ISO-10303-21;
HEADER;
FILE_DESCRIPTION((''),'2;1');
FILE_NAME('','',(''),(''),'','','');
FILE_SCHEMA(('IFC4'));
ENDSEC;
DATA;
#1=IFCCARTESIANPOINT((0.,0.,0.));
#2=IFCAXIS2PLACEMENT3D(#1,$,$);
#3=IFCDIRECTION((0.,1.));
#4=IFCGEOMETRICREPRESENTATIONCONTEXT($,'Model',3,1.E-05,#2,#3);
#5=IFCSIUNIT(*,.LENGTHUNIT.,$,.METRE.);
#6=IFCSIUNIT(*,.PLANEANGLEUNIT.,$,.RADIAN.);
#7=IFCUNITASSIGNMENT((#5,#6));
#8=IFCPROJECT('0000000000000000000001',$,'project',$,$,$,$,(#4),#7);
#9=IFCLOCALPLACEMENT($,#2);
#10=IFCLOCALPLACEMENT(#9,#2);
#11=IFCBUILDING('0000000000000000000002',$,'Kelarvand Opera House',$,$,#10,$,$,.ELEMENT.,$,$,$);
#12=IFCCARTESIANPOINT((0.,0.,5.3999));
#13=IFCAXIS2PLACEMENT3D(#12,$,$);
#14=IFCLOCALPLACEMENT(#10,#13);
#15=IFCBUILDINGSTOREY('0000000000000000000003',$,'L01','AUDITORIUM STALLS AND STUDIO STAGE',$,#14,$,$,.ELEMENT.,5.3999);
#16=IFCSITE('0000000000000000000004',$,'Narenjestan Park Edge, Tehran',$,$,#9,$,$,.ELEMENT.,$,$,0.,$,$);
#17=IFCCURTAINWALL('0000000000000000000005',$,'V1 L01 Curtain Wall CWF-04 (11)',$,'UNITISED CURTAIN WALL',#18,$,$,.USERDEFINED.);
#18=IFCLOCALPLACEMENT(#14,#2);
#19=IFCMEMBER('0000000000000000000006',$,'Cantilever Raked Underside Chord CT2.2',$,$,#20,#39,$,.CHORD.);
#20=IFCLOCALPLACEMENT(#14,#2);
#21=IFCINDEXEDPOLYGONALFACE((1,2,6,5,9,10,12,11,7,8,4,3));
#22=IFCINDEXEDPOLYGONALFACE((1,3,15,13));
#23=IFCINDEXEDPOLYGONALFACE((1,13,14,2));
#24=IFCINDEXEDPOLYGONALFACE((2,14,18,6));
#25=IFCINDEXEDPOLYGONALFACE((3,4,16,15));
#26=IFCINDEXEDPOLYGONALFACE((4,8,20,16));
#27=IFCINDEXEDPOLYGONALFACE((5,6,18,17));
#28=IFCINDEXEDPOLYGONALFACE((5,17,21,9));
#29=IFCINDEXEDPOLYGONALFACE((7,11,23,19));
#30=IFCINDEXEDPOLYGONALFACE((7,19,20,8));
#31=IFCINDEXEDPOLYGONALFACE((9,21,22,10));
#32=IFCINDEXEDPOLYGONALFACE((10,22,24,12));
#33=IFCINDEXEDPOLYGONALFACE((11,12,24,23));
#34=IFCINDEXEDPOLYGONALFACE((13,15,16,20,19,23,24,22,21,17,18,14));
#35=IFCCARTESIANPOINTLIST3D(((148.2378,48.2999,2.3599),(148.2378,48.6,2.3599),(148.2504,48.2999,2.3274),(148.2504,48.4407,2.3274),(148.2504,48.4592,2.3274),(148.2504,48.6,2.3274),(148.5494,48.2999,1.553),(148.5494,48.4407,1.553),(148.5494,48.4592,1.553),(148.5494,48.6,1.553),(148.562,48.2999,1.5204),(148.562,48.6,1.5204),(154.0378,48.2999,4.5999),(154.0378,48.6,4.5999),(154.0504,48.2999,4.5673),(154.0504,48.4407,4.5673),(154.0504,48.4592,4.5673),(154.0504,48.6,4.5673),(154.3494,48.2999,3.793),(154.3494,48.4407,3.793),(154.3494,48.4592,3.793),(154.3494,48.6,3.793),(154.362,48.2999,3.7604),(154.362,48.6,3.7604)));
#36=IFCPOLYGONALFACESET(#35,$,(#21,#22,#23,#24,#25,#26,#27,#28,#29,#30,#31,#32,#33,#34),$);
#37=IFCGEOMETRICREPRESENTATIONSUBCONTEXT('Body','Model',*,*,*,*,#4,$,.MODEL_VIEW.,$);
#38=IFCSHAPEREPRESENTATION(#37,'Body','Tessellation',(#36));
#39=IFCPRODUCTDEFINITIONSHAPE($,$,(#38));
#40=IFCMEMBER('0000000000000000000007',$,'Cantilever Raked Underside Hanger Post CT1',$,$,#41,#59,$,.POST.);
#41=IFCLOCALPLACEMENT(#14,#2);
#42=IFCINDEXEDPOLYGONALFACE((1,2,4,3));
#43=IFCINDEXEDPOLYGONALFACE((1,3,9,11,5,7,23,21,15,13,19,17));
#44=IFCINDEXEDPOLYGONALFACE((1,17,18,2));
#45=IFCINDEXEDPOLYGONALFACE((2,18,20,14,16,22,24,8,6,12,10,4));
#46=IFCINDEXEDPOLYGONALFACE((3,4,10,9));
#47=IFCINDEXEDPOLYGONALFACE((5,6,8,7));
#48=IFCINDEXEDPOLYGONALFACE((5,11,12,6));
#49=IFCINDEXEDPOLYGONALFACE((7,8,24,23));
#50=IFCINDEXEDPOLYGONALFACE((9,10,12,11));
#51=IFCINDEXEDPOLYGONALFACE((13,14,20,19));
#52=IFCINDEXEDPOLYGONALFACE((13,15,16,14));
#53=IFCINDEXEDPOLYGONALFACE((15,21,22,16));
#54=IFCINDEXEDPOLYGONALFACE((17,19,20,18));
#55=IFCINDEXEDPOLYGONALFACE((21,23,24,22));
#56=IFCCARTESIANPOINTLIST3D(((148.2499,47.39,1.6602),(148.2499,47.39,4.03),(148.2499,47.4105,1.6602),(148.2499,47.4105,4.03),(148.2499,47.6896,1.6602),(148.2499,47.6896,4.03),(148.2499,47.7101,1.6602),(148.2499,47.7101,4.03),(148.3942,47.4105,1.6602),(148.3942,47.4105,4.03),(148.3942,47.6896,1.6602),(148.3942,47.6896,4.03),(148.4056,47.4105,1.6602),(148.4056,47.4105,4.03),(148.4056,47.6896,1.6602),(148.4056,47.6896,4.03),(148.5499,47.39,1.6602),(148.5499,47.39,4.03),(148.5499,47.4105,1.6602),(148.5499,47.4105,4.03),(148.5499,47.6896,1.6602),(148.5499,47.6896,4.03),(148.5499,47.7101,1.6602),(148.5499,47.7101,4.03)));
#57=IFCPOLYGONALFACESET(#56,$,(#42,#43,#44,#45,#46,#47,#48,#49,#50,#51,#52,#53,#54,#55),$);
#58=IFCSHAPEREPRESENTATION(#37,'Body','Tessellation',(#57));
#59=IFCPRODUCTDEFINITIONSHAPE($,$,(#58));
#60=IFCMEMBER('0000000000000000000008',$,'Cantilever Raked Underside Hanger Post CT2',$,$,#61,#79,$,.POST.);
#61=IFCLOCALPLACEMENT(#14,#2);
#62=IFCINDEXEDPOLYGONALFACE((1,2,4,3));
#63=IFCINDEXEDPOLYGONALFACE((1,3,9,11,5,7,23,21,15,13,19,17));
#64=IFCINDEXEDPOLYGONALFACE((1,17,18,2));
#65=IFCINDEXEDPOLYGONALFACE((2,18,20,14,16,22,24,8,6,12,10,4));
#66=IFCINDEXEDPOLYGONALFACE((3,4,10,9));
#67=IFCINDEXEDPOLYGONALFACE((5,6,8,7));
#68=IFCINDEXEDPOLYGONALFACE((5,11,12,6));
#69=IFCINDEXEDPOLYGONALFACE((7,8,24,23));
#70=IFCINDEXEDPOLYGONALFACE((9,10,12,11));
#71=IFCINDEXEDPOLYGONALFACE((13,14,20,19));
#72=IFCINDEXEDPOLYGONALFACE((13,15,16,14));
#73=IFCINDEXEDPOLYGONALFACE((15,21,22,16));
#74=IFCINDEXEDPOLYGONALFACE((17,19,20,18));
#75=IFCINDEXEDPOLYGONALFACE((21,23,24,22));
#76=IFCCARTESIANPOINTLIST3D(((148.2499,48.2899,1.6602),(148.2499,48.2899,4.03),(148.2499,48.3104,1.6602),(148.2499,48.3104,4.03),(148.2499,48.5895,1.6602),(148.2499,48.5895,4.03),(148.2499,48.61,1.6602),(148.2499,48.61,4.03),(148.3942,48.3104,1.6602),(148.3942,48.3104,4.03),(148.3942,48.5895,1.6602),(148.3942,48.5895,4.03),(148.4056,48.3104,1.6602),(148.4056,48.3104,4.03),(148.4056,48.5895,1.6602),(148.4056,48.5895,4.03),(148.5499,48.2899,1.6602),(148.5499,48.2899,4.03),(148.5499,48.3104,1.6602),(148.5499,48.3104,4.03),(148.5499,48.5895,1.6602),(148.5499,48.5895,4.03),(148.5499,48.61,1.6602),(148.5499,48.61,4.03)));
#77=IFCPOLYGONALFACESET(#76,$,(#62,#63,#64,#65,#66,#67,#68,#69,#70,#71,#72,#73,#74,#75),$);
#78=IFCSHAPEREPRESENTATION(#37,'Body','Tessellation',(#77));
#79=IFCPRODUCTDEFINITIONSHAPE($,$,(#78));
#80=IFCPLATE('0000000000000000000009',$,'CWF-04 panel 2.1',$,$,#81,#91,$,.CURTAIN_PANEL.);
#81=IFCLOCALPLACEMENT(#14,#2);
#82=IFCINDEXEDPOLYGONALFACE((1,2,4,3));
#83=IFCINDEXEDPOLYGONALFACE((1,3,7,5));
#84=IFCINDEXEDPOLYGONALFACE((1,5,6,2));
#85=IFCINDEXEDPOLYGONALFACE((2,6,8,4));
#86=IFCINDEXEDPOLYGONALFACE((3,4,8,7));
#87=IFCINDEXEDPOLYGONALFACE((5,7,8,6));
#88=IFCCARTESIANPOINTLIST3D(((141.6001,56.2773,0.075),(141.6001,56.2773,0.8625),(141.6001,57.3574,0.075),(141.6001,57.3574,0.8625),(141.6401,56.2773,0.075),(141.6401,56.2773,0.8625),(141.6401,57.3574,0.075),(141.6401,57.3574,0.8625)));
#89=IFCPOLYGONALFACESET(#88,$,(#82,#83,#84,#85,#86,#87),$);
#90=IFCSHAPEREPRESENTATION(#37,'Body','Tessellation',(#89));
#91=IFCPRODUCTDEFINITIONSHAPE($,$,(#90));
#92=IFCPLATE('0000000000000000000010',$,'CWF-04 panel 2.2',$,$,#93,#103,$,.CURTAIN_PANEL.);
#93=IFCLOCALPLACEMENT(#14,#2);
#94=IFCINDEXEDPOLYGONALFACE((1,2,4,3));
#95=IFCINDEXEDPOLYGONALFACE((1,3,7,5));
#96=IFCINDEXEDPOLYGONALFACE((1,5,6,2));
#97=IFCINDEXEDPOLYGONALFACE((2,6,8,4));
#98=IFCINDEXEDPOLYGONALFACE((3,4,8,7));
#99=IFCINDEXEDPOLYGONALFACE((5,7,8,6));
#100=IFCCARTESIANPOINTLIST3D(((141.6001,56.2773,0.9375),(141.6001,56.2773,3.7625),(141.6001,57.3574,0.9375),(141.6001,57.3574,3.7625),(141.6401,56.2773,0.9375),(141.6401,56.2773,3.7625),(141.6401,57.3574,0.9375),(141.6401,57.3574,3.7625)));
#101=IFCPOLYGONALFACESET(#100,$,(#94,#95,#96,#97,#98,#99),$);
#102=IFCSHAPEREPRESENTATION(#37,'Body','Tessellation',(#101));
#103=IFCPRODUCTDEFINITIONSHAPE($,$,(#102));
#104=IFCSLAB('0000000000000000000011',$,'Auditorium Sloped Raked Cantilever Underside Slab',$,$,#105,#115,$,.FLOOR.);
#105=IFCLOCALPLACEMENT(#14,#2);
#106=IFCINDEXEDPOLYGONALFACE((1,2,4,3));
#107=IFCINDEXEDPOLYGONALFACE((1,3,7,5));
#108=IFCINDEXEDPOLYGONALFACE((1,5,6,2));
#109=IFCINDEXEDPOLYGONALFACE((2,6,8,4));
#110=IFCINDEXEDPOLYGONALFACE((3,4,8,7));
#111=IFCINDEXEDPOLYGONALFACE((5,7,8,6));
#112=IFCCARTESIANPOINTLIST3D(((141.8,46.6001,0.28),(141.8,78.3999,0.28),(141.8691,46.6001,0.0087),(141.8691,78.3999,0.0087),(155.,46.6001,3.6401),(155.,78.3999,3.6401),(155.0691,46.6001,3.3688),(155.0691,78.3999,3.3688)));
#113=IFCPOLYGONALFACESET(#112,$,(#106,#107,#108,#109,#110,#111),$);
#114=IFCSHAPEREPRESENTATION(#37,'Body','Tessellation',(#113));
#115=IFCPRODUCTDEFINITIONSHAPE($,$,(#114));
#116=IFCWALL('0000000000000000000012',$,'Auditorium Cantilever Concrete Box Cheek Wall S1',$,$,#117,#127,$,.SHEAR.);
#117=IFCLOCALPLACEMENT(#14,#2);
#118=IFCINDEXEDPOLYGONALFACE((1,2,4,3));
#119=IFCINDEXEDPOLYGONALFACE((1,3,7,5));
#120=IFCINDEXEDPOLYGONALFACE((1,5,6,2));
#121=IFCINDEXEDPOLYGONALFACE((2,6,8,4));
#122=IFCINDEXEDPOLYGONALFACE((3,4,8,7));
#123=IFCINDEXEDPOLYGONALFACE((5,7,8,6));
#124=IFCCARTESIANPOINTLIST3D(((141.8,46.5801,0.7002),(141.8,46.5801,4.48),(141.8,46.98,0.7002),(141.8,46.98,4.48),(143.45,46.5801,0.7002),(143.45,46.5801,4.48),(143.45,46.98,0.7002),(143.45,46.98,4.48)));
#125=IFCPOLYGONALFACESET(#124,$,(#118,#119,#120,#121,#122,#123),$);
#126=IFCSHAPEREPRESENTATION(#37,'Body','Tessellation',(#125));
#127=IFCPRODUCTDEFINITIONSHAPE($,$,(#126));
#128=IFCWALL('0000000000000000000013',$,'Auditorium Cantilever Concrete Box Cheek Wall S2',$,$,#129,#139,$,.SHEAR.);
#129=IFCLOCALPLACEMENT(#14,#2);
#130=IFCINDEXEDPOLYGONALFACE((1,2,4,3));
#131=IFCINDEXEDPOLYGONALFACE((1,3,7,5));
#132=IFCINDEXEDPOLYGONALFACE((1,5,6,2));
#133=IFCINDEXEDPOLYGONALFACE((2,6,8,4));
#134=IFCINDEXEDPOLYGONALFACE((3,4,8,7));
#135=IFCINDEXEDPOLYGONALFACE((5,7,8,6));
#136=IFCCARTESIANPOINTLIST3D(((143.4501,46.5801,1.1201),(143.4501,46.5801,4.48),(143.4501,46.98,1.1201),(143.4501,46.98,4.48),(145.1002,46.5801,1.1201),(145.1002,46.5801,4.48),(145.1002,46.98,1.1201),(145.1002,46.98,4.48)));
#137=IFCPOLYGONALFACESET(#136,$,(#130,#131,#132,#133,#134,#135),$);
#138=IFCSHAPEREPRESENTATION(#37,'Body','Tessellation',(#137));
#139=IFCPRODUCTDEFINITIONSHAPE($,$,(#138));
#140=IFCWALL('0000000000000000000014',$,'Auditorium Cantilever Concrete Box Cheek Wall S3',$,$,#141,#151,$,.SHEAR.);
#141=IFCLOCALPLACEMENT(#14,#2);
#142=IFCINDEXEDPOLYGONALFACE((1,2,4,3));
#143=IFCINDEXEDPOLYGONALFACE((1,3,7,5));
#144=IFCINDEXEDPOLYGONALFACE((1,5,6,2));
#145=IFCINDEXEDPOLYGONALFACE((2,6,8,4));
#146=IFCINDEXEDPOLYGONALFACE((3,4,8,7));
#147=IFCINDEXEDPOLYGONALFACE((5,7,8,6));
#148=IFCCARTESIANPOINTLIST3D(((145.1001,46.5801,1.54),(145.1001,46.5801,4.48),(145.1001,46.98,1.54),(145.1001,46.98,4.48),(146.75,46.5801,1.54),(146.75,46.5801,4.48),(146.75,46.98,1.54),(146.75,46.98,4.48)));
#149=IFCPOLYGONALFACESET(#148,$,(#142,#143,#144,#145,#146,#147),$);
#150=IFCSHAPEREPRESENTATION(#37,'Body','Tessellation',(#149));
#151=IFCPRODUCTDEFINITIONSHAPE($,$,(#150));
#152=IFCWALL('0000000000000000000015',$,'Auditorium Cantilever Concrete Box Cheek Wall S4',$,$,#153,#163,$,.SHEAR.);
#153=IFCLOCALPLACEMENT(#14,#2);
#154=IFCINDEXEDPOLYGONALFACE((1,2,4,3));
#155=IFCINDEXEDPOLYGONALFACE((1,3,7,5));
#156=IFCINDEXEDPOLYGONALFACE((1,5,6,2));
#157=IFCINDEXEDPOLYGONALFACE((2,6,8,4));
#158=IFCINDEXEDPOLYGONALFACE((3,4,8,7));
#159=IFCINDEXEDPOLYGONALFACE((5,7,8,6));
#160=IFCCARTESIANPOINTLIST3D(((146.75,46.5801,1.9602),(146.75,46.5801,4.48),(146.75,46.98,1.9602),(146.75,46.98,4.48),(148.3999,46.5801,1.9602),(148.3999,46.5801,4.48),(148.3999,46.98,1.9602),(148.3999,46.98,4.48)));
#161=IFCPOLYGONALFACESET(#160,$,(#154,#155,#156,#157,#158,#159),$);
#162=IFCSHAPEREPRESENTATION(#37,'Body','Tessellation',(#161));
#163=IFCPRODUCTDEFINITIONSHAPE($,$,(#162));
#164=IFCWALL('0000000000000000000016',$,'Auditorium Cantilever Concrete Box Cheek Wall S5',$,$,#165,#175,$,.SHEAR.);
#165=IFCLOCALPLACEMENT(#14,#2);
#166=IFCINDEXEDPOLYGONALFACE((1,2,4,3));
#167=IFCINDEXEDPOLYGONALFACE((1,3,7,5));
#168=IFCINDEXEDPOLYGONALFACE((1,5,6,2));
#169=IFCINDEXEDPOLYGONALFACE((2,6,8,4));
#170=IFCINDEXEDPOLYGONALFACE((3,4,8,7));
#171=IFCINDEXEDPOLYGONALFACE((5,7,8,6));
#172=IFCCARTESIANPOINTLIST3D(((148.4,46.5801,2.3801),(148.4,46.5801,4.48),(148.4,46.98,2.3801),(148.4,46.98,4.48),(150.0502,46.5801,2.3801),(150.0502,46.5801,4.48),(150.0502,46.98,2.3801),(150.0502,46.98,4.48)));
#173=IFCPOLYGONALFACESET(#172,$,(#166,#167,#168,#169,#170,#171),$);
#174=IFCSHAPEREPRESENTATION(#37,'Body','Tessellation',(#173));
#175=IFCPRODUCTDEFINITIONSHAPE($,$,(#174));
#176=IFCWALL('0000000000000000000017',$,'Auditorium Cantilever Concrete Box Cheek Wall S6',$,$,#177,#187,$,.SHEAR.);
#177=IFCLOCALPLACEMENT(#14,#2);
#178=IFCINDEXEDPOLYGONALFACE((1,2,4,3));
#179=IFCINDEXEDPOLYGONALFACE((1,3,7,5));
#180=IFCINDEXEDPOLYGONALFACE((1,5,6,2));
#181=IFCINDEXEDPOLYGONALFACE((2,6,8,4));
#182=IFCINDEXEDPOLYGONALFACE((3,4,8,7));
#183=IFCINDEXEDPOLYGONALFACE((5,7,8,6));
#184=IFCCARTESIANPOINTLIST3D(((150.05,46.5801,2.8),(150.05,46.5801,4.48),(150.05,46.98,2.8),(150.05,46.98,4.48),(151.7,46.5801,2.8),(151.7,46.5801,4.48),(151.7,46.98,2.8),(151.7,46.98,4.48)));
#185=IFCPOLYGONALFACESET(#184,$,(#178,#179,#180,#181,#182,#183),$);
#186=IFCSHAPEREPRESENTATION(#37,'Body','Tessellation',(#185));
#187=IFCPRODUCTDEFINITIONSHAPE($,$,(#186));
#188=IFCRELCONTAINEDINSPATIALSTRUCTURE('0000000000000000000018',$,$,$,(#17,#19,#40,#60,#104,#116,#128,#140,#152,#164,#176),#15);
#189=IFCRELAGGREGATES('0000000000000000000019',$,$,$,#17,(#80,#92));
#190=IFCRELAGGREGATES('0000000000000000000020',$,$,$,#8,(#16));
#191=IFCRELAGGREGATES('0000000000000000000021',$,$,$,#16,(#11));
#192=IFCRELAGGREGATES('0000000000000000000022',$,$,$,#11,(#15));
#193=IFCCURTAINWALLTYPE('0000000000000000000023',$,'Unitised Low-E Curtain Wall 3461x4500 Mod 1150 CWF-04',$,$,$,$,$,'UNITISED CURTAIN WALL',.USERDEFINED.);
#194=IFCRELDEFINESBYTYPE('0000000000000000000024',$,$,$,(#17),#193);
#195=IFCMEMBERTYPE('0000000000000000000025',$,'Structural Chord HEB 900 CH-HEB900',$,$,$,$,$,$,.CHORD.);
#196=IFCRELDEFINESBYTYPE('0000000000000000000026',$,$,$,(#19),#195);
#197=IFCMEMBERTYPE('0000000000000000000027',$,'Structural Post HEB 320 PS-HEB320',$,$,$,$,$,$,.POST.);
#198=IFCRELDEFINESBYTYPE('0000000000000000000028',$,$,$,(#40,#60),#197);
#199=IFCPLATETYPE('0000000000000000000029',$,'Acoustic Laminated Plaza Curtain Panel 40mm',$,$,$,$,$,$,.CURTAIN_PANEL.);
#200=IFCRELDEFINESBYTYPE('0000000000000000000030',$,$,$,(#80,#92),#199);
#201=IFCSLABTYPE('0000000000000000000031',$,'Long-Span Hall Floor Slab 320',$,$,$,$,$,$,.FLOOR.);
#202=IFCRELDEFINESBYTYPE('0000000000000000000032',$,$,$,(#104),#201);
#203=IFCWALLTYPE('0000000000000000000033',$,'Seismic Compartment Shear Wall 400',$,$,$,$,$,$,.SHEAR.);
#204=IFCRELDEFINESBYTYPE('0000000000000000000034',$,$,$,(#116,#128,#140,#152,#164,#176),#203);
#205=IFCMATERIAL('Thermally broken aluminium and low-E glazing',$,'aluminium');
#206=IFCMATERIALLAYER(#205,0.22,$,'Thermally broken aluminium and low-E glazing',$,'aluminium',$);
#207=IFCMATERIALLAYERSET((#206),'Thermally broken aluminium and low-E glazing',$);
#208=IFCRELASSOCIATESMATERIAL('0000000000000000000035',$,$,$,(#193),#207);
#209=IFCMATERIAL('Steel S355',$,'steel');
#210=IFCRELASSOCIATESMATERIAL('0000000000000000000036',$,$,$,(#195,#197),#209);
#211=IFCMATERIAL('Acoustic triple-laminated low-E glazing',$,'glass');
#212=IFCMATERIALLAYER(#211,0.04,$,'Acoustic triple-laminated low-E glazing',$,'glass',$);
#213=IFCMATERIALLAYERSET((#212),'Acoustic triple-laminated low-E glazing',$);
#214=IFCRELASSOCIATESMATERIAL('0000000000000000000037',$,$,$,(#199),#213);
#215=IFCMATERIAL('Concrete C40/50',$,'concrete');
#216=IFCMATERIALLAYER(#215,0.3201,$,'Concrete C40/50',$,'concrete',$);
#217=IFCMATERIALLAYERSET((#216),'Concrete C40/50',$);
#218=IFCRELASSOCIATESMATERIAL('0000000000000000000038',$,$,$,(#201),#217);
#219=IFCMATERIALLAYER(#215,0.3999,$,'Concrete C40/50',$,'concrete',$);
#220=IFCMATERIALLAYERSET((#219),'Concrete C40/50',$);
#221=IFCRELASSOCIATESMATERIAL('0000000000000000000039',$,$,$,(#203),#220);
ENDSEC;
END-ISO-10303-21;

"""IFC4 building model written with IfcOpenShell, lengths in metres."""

from ifc_helpers import new_model, si_unit, direction, frame, frame_2d, origin, origin_2d, place, context, subcontext, project, spatial, polyline, rectangle, i_section, outline, extrude, material, layer, layer_set, material_profile, profile_set, type_object, element, aggregate, save


model = new_model("IFC4")

# Units and contexts
model_context = context("Model", 3, precision=1e-05, world=origin(), true_north=direction((0.0, 1.0)))
body_context = subcontext(model_context, "Body", "Model", "MODEL_VIEW")
ifc_project = project(units=[si_unit("LENGTHUNIT", "METRE"), si_unit("PLANEANGLEUNIT", "RADIAN")], contexts=[model_context])

# Site, building, storey
site_placement = place(None, origin())
site = spatial("IfcSite", under=ifc_project, at=site_placement, Name="Narenjestan Park Edge, Tehran", CompositionType="ELEMENT", RefElevation=0.0)
building_placement = place(site_placement, origin())
building = spatial("IfcBuilding", under=site, at=building_placement, Name="Kelarvand Opera House", CompositionType="ELEMENT")
storey_placement = place(building_placement, frame((0.0, 0.0, 5.3999)))
storey = spatial("IfcBuildingStorey", under=building, at=storey_placement, Name="L01", Description="AUDITORIUM STALLS AND STUDIO STAGE", CompositionType="ELEMENT", Elevation=5.3999)

# Shared definitions
ifc_material_1 = material(Name="Concrete C40/50", Category="concrete")

# Curtain wall
ifc_material_2 = material(Name="Thermally broken aluminium and low-E glazing", Category="aluminium")
ifc_layer_1 = layer(ifc_material_2, 0.22, Name="Thermally broken aluminium and low-E glazing", Category="aluminium")
ifc_layer_set_1 = layer_set([ifc_layer_1], Name="Thermally broken aluminium and low-E glazing")
curtain_wall_type = type_object("IfcCurtainWallType", Name="Unitised Low-E Curtain Wall 3461x4500 Mod 1150 CWF-04", ElementType="UNITISED CURTAIN WALL", PredefinedType="USERDEFINED", material=ifc_layer_set_1)
curtain_wall_placement = place(storey_placement, origin())
curtain_wall = element("IfcCurtainWall", 1, at=curtain_wall_placement, inside=storey, type_object=curtain_wall_type, Name="V1 L01 Curtain Wall CWF-04 (11)", ObjectType="UNITISED CURTAIN WALL", PredefinedType="USERDEFINED")

# Shared definitions
ifc_material_3 = material(Name="Steel S355", Category="steel")

# Members
ifc_material_profile_1 = material_profile(ifc_material_3, i_section(OverallWidth=0.3, OverallDepth=0.8999, WebThickness=0.0186, FlangeThickness=0.0349, at=origin_2d()), Name="HEB 900", Category="steel")
ifc_profile_set_1 = profile_set([ifc_material_profile_1], Name="Steel S355")
member_type_1 = type_object("IfcMemberType", Name="Structural Chord HEB 900 CH-HEB900", PredefinedType="CHORD", material=ifc_profile_set_1)
member_1_placement = place(storey_placement, frame((148.3999, 48.45, 1.9402), z_axis=(0.932849, 0.0, 0.360268), x_axis=(0.0, 1.0, 0.0)))
element("IfcMember", 2, at=member_1_placement, inside=storey, type_object=member_type_1, Name="Cantilever Raked Underside Chord CT2.2", PredefinedType="CHORD", context=body_context, shape_type="SweptSolid", body=[
    extrude(i_section(OverallWidth=0.3, OverallDepth=0.8999, WebThickness=0.0186, FlangeThickness=0.0349, at=origin_2d()), origin(), (0.0, 0.0, 1.0), 6.2175),
])
ifc_material_profile_2 = material_profile(ifc_material_3, i_section(OverallWidth=0.3, OverallDepth=0.3201, WebThickness=0.0115, FlangeThickness=0.0205, at=origin_2d()), Name="HEB 320", Category="steel")
ifc_profile_set_2 = profile_set([ifc_material_profile_2], Name="Steel S355")
member_type_2 = type_object("IfcMemberType", Name="Structural Post HEB 320 PS-HEB320", PredefinedType="POST", material=ifc_profile_set_2)
for number, where, z_axis, x_axis, name in (
    (3, (148.3999, 47.55, 1.6602), (0.0, 0.0, 1.0), (1.0, 0.0, 0.0), "Cantilever Raked Underside Hanger Post CT1"),
    (4, (148.3999, 48.45, 1.6602), (0.0, 0.0, 1.0), (1.0, 0.0, 0.0), "Cantilever Raked Underside Hanger Post CT2"),
):
    element("IfcMember", number, at=place(storey_placement, frame(where, z_axis=z_axis, x_axis=x_axis)), inside=storey, type_object=member_type_2, Name=name, PredefinedType="POST", context=body_context, shape_type="SweptSolid", body=[
        extrude(i_section(OverallWidth=0.3, OverallDepth=0.3201, WebThickness=0.0115, FlangeThickness=0.0205, at=origin_2d()), origin(), (0.0, 0.0, 1.0), 2.3699),
    ])

# Plates
ifc_material_4 = material(Name="Acoustic triple-laminated low-E glazing", Category="glass")
ifc_layer_2 = layer(ifc_material_4, 0.04, Name="Acoustic triple-laminated low-E glazing", Category="glass")
ifc_layer_set_2 = layer_set([ifc_layer_2], Name="Acoustic triple-laminated low-E glazing")
plate_type = type_object("IfcPlateType", Name="Acoustic Laminated Plaza Curtain Panel 40mm", PredefinedType="CURTAIN_PANEL", material=ifc_layer_set_2)
plate_1_placement = place(storey_placement, frame((141.6201, 56.8174, 0.075), z_axis=(0.0, 0.0, 1.0), x_axis=(0.0, -1.0, 0.0)))
plate_1 = element("IfcPlate", 5, at=plate_1_placement, type_object=plate_type, Name="CWF-04 panel 2.1", PredefinedType="CURTAIN_PANEL", context=body_context, shape_type="SweptSolid", body=[
    extrude(rectangle(XDim=1.0801, YDim=0.04, at=origin_2d()), origin(), (0.0, 0.0, 1.0), 0.7876),
])
plate_2_placement = place(storey_placement, frame((141.6201, 56.8174, 0.9375), z_axis=(0.0, 0.0, 1.0), x_axis=(0.0, -1.0, 0.0)))
plate_2 = element("IfcPlate", 6, at=plate_2_placement, type_object=plate_type, Name="CWF-04 panel 2.2", PredefinedType="CURTAIN_PANEL", context=body_context, shape_type="SweptSolid", body=[
    extrude(rectangle(XDim=1.0801, YDim=0.04, at=origin_2d()), origin(), (0.0, 0.0, 1.0), 2.825),
])
aggregate(curtain_wall, [plate_1, plate_2])

# Slab
ifc_layer_3 = layer(ifc_material_1, 0.3201, Name="Concrete C40/50", Category="concrete")
ifc_layer_set_3 = layer_set([ifc_layer_3], Name="Concrete C40/50")
slab_type = type_object("IfcSlabType", Name="Long-Span Hall Floor Slab 320", PredefinedType="FLOOR", material=ifc_layer_set_3)
slab_placement = place(storey_placement, frame((141.8, 46.6001, 0.28), z_axis=(-0.246688, 0.0, 0.969095), x_axis=(0.969095, 0.0, 0.246688)))
element("IfcSlab", 7, at=slab_placement, inside=storey, type_object=slab_type, Name="Auditorium Sloped Raked Cantilever Underside Slab", PredefinedType="FLOOR", context=body_context, shape_type="SweptSolid", body=[
    extrude(outline(polyline([(0.0, 0.0), (13.6209, 0.0), (13.6209, 31.7998), (0.0, 31.7998), (0.0, 0.0)])), origin(), (0.0, 0.0, -1.0), 0.28),
])

# Walls
ifc_layer_4 = layer(ifc_material_1, 0.3999, Name="Concrete C40/50", Category="concrete")
ifc_layer_set_4 = layer_set([ifc_layer_4], Name="Concrete C40/50")
wall_type = type_object("IfcWallType", Name="Seismic Compartment Shear Wall 400", PredefinedType="SHEAR", material=ifc_layer_set_4)
wall_1_placement = place(storey_placement, frame((141.8, 46.78, 0.7002), z_axis=(0.0, 0.0, 1.0), x_axis=(1.0, 0.0, 0.0)))
element("IfcWall", 8, at=wall_1_placement, inside=storey, type_object=wall_type, Name="Auditorium Cantilever Concrete Box Cheek Wall S1", PredefinedType="SHEAR", context=body_context, shape_type="SweptSolid", body=[
    extrude(rectangle(XDim=1.6499, YDim=0.3999, at=frame_2d((0.825, 0.0))), origin(), (0.0, 0.0, 1.0), 3.7798),
])
wall_2_placement = place(storey_placement, frame((143.45, 46.78, 1.1201), z_axis=(0.0, 0.0, 1.0), x_axis=(1.0, 0.0, 0.0)))
element("IfcWall", 9, at=wall_2_placement, inside=storey, type_object=wall_type, Name="Auditorium Cantilever Concrete Box Cheek Wall S2", PredefinedType="SHEAR", context=body_context, shape_type="SweptSolid", body=[
    extrude(rectangle(XDim=1.6501, YDim=0.3999, at=frame_2d((0.8252, 0.0))), origin(), (0.0, 0.0, 1.0), 3.3599),
])
wall_3_placement = place(storey_placement, frame((145.1001, 46.78, 1.54), z_axis=(0.0, 0.0, 1.0), x_axis=(1.0, 0.0, 0.0)))
element("IfcWall", 10, at=wall_3_placement, inside=storey, type_object=wall_type, Name="Auditorium Cantilever Concrete Box Cheek Wall S3", PredefinedType="SHEAR", context=body_context, shape_type="SweptSolid", body=[
    extrude(rectangle(XDim=1.6499, YDim=0.3999, at=frame_2d((0.825, 0.0))), origin(), (0.0, 0.0, 1.0), 2.9399),
])
wall_4_placement = place(storey_placement, frame((146.75, 46.78, 1.9602), z_axis=(0.0, 0.0, 1.0), x_axis=(1.0, 0.0, 0.0)))
element("IfcWall", 11, at=wall_4_placement, inside=storey, type_object=wall_type, Name="Auditorium Cantilever Concrete Box Cheek Wall S4", PredefinedType="SHEAR", context=body_context, shape_type="SweptSolid", body=[
    extrude(rectangle(XDim=1.6499, YDim=0.3999, at=frame_2d((0.825, 0.0))), origin(), (0.0, 0.0, 1.0), 2.5198),
])
wall_5_placement = place(storey_placement, frame((148.3999, 46.78, 2.3801), z_axis=(0.0, 0.0, 1.0), x_axis=(1.0, 0.0, 0.0)))
element("IfcWall", 12, at=wall_5_placement, inside=storey, type_object=wall_type, Name="Auditorium Cantilever Concrete Box Cheek Wall S5", PredefinedType="SHEAR", context=body_context, shape_type="SweptSolid", body=[
    extrude(rectangle(XDim=1.6501, YDim=0.3999, at=frame_2d((0.8252, 0.0))), origin(), (0.0, 0.0, 1.0), 2.0999),
])
wall_6_placement = place(storey_placement, frame((150.05, 46.78, 2.8), z_axis=(0.0, 0.0, 1.0), x_axis=(1.0, 0.0, 0.0)))
element("IfcWall", 13, at=wall_6_placement, inside=storey, type_object=wall_type, Name="Auditorium Cantilever Concrete Box Cheek Wall S6", PredefinedType="SHEAR", context=body_context, shape_type="SweptSolid", body=[
    extrude(rectangle(XDim=1.6499, YDim=0.3999, at=frame_2d((0.825, 0.0))), origin(), (0.0, 0.0, 1.0), 1.6799),
])

save(model, "model.ifc")
